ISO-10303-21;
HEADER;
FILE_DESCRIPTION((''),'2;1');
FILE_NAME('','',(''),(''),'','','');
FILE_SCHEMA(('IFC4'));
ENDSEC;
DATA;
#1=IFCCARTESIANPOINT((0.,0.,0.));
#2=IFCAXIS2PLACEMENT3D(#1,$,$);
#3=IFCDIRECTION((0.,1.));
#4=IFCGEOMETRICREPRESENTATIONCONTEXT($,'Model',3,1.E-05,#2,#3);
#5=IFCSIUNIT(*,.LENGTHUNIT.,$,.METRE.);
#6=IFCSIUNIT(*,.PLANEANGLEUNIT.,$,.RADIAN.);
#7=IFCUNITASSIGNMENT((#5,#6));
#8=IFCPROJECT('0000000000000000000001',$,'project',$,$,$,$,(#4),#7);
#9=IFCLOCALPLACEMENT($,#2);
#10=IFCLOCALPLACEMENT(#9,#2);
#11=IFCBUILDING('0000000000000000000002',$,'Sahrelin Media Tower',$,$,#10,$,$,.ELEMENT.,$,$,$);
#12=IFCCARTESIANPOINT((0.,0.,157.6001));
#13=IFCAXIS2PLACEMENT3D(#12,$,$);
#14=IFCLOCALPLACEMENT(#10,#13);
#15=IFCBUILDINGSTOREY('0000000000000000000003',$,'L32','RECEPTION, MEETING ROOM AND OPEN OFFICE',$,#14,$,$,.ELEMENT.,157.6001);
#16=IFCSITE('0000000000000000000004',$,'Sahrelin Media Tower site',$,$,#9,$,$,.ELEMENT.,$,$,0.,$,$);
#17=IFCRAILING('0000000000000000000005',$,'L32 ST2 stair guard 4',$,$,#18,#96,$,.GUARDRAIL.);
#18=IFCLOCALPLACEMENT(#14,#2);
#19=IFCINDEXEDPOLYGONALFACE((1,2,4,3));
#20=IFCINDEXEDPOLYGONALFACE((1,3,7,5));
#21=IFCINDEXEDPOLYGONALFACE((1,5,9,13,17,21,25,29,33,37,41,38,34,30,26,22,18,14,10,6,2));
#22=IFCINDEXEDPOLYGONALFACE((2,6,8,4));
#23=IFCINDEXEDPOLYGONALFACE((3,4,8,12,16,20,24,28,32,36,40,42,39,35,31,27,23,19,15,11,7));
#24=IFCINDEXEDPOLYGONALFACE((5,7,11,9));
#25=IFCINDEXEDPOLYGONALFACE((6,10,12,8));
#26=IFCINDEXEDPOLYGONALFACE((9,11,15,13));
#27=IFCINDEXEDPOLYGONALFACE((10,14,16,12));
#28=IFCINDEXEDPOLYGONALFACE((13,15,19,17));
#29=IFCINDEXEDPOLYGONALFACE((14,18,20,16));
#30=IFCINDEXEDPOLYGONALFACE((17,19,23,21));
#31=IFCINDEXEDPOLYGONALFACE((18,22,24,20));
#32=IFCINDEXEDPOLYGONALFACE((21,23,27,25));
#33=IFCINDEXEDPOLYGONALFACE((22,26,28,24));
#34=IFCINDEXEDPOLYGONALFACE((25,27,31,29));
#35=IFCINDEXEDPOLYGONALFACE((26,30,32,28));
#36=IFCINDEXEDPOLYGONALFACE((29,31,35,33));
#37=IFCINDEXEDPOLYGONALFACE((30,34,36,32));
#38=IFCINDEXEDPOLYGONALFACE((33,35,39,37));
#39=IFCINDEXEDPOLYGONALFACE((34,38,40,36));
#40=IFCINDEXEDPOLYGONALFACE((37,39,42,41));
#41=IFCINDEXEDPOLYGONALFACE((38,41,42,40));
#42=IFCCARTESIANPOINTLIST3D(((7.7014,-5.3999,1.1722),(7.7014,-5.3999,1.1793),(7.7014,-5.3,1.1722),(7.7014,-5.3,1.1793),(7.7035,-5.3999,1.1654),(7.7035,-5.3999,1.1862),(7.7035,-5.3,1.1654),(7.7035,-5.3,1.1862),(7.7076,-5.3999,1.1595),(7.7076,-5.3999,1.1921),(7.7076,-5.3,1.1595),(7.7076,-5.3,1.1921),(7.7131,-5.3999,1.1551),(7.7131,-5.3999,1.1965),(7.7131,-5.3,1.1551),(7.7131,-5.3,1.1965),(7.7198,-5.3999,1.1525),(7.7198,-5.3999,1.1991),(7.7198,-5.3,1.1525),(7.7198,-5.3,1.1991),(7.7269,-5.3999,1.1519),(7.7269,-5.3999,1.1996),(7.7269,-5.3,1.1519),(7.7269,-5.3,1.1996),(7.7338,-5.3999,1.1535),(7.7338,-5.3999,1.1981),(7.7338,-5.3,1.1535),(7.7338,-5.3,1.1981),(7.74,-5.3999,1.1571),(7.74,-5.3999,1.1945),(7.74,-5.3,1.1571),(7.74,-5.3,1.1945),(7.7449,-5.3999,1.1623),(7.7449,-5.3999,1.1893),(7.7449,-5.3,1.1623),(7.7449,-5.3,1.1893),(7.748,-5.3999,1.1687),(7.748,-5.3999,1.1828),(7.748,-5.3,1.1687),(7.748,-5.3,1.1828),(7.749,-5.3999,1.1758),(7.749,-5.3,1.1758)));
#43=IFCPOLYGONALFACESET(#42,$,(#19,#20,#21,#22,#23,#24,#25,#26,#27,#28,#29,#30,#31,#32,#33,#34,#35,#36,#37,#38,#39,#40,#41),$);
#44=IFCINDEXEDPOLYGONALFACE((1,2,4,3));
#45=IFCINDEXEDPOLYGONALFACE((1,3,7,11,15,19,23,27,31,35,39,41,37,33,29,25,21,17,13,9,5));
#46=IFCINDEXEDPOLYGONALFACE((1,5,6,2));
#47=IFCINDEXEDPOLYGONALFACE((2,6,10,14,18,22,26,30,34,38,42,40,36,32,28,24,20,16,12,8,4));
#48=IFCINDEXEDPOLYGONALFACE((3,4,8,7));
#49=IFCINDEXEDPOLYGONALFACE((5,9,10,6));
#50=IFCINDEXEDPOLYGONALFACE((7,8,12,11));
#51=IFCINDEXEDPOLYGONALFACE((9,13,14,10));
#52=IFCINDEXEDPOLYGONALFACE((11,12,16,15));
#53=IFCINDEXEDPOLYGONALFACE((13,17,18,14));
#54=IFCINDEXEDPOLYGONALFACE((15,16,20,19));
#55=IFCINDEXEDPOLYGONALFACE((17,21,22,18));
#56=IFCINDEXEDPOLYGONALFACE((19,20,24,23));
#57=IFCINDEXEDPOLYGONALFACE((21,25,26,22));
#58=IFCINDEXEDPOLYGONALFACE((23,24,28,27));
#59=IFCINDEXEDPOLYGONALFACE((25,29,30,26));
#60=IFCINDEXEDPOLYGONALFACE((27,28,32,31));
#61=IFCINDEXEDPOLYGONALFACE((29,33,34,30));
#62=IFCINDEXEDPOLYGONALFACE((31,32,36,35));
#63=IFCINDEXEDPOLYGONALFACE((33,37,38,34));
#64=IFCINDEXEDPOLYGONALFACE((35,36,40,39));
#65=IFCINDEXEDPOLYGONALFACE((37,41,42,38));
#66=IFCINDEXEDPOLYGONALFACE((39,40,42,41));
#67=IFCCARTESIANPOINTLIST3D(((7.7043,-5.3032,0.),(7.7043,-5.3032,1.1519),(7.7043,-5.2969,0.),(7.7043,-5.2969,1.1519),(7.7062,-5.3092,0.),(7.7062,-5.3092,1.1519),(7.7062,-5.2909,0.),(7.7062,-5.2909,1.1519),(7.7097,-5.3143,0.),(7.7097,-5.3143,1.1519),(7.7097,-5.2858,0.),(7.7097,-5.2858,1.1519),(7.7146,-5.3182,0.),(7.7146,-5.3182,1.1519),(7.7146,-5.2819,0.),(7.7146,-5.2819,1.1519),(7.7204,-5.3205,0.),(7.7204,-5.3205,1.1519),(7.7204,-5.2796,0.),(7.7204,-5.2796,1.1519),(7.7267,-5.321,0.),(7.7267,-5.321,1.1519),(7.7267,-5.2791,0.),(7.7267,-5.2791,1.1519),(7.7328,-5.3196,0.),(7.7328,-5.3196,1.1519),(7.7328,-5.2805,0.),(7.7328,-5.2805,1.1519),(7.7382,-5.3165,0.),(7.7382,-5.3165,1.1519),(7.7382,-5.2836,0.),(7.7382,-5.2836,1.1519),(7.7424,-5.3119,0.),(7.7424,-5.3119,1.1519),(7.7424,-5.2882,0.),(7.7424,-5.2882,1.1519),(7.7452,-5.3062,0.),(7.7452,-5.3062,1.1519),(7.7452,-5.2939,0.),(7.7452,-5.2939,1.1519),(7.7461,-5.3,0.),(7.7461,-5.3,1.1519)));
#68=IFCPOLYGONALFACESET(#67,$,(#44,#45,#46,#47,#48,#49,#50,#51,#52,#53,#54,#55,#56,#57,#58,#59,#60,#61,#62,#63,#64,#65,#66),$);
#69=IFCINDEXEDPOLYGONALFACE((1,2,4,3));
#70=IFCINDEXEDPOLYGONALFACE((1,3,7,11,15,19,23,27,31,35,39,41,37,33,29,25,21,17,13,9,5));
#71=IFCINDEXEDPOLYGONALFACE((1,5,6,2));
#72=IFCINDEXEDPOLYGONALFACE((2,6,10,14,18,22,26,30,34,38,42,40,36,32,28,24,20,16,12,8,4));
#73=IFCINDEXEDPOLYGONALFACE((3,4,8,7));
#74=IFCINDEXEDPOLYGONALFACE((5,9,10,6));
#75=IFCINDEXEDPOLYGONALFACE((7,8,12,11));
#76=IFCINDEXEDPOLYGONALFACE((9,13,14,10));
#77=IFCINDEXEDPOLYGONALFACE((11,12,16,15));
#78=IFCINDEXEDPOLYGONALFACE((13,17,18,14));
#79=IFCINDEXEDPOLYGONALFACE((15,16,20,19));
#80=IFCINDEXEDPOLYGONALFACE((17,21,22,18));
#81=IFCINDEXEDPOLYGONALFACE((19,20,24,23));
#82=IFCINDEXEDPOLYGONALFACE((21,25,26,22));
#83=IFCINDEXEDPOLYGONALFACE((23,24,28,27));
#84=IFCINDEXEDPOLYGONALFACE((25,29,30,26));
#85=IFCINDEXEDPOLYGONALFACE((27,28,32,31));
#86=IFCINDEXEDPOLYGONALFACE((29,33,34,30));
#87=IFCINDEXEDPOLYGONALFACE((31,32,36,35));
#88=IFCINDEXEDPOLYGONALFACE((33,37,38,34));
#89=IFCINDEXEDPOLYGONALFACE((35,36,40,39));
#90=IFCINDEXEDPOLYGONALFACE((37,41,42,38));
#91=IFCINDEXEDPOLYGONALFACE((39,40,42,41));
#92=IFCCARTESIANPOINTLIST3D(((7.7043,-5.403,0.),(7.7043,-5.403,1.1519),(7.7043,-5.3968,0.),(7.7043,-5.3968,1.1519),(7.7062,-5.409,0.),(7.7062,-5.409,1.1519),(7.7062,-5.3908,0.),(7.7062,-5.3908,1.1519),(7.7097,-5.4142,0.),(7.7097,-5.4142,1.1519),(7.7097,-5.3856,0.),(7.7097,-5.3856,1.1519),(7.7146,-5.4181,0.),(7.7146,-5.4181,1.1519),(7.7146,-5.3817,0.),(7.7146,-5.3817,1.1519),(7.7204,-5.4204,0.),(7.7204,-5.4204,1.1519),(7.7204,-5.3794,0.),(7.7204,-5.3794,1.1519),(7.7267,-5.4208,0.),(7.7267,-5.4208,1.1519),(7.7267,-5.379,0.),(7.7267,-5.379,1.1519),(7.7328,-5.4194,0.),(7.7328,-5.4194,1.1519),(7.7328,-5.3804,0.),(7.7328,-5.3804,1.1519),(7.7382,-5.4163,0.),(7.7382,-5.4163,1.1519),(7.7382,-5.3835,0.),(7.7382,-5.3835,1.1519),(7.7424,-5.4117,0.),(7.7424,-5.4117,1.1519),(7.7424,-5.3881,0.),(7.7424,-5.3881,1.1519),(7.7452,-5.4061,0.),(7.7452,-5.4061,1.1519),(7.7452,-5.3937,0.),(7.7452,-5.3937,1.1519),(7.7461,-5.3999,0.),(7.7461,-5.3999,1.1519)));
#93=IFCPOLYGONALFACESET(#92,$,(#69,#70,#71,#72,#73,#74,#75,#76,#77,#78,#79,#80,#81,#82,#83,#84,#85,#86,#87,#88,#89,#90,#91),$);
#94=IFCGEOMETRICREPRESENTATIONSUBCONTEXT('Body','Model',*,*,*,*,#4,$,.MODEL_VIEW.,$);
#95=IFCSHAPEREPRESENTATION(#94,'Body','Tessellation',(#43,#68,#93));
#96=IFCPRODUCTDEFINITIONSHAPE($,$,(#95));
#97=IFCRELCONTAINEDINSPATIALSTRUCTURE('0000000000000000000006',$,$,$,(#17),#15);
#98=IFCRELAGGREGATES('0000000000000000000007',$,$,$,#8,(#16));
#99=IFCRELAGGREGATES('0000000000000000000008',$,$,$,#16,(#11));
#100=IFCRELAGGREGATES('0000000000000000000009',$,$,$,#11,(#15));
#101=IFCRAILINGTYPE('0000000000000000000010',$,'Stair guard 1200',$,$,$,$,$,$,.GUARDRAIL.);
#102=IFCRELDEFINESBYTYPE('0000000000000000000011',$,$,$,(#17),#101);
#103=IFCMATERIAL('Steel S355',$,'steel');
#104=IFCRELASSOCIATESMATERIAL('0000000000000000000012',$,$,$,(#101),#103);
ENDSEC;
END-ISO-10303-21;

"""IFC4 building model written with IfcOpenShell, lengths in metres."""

from ifc_helpers import new_model, si_unit, direction, frame, origin, origin_2d, place, context, subcontext, project, spatial, circle, extrude, material, type_object, element, save


model = new_model("IFC4")

# Units and contexts
model_context = context("Model", 3, precision=1e-05, world=origin(), true_north=direction((0.0, 1.0)))
body_context = subcontext(model_context, "Body", "Model", "MODEL_VIEW")
ifc_project = project(units=[si_unit("LENGTHUNIT", "METRE"), si_unit("PLANEANGLEUNIT", "RADIAN")], contexts=[model_context])

# Site, building, storey
site_placement = place(None, origin())
site = spatial("IfcSite", under=ifc_project, at=site_placement, Name="Sahrelin Media Tower site", CompositionType="ELEMENT", RefElevation=0.0)
building_placement = place(site_placement, origin())
building = spatial("IfcBuilding", under=site, at=building_placement, Name="Sahrelin Media Tower", CompositionType="ELEMENT")
storey_placement = place(building_placement, frame((0.0, 0.0, 157.6001)))
storey = spatial("IfcBuildingStorey", under=building, at=storey_placement, Name="L32", Description="RECEPTION, MEETING ROOM AND OPEN OFFICE", CompositionType="ELEMENT", Elevation=157.6001)

# Shared definitions
ifc_material_1 = material(Name="Steel S355", Category="steel")

# Railing
railing_type_1 = type_object("IfcRailingType", Name="Stair guard 1200", PredefinedType="GUARDRAIL", material=ifc_material_1)
railing_1_placement = place(storey_placement, frame((7.7251, -5.3, 0.0)))
element("IfcRailing", 1, at=railing_1_placement, inside=storey, type_object=railing_type_1, Name="L32 ST2 stair guard 4", PredefinedType="GUARDRAIL", context=body_context, shape_type="SweptSolid", body=[
    extrude(circle(Radius=0.0239, at=origin_2d()), frame((0.0, 0.0, 1.1758), z_axis=(0.0, -1.0, 0.0), x_axis=(1.0, 0.0, 0.0)), (0.0, 0.0, 1.0), 0.0999),
    extrude(circle(Radius=0.021, at=origin_2d()), origin(), (0.0, 0.0, 1.0), 1.1519),
    extrude(circle(Radius=0.021, at=origin_2d()), frame((0.0, -0.0999, 0.0)), (0.0, 0.0, 1.0), 1.1519),
])

save(model, "model.ifc")
